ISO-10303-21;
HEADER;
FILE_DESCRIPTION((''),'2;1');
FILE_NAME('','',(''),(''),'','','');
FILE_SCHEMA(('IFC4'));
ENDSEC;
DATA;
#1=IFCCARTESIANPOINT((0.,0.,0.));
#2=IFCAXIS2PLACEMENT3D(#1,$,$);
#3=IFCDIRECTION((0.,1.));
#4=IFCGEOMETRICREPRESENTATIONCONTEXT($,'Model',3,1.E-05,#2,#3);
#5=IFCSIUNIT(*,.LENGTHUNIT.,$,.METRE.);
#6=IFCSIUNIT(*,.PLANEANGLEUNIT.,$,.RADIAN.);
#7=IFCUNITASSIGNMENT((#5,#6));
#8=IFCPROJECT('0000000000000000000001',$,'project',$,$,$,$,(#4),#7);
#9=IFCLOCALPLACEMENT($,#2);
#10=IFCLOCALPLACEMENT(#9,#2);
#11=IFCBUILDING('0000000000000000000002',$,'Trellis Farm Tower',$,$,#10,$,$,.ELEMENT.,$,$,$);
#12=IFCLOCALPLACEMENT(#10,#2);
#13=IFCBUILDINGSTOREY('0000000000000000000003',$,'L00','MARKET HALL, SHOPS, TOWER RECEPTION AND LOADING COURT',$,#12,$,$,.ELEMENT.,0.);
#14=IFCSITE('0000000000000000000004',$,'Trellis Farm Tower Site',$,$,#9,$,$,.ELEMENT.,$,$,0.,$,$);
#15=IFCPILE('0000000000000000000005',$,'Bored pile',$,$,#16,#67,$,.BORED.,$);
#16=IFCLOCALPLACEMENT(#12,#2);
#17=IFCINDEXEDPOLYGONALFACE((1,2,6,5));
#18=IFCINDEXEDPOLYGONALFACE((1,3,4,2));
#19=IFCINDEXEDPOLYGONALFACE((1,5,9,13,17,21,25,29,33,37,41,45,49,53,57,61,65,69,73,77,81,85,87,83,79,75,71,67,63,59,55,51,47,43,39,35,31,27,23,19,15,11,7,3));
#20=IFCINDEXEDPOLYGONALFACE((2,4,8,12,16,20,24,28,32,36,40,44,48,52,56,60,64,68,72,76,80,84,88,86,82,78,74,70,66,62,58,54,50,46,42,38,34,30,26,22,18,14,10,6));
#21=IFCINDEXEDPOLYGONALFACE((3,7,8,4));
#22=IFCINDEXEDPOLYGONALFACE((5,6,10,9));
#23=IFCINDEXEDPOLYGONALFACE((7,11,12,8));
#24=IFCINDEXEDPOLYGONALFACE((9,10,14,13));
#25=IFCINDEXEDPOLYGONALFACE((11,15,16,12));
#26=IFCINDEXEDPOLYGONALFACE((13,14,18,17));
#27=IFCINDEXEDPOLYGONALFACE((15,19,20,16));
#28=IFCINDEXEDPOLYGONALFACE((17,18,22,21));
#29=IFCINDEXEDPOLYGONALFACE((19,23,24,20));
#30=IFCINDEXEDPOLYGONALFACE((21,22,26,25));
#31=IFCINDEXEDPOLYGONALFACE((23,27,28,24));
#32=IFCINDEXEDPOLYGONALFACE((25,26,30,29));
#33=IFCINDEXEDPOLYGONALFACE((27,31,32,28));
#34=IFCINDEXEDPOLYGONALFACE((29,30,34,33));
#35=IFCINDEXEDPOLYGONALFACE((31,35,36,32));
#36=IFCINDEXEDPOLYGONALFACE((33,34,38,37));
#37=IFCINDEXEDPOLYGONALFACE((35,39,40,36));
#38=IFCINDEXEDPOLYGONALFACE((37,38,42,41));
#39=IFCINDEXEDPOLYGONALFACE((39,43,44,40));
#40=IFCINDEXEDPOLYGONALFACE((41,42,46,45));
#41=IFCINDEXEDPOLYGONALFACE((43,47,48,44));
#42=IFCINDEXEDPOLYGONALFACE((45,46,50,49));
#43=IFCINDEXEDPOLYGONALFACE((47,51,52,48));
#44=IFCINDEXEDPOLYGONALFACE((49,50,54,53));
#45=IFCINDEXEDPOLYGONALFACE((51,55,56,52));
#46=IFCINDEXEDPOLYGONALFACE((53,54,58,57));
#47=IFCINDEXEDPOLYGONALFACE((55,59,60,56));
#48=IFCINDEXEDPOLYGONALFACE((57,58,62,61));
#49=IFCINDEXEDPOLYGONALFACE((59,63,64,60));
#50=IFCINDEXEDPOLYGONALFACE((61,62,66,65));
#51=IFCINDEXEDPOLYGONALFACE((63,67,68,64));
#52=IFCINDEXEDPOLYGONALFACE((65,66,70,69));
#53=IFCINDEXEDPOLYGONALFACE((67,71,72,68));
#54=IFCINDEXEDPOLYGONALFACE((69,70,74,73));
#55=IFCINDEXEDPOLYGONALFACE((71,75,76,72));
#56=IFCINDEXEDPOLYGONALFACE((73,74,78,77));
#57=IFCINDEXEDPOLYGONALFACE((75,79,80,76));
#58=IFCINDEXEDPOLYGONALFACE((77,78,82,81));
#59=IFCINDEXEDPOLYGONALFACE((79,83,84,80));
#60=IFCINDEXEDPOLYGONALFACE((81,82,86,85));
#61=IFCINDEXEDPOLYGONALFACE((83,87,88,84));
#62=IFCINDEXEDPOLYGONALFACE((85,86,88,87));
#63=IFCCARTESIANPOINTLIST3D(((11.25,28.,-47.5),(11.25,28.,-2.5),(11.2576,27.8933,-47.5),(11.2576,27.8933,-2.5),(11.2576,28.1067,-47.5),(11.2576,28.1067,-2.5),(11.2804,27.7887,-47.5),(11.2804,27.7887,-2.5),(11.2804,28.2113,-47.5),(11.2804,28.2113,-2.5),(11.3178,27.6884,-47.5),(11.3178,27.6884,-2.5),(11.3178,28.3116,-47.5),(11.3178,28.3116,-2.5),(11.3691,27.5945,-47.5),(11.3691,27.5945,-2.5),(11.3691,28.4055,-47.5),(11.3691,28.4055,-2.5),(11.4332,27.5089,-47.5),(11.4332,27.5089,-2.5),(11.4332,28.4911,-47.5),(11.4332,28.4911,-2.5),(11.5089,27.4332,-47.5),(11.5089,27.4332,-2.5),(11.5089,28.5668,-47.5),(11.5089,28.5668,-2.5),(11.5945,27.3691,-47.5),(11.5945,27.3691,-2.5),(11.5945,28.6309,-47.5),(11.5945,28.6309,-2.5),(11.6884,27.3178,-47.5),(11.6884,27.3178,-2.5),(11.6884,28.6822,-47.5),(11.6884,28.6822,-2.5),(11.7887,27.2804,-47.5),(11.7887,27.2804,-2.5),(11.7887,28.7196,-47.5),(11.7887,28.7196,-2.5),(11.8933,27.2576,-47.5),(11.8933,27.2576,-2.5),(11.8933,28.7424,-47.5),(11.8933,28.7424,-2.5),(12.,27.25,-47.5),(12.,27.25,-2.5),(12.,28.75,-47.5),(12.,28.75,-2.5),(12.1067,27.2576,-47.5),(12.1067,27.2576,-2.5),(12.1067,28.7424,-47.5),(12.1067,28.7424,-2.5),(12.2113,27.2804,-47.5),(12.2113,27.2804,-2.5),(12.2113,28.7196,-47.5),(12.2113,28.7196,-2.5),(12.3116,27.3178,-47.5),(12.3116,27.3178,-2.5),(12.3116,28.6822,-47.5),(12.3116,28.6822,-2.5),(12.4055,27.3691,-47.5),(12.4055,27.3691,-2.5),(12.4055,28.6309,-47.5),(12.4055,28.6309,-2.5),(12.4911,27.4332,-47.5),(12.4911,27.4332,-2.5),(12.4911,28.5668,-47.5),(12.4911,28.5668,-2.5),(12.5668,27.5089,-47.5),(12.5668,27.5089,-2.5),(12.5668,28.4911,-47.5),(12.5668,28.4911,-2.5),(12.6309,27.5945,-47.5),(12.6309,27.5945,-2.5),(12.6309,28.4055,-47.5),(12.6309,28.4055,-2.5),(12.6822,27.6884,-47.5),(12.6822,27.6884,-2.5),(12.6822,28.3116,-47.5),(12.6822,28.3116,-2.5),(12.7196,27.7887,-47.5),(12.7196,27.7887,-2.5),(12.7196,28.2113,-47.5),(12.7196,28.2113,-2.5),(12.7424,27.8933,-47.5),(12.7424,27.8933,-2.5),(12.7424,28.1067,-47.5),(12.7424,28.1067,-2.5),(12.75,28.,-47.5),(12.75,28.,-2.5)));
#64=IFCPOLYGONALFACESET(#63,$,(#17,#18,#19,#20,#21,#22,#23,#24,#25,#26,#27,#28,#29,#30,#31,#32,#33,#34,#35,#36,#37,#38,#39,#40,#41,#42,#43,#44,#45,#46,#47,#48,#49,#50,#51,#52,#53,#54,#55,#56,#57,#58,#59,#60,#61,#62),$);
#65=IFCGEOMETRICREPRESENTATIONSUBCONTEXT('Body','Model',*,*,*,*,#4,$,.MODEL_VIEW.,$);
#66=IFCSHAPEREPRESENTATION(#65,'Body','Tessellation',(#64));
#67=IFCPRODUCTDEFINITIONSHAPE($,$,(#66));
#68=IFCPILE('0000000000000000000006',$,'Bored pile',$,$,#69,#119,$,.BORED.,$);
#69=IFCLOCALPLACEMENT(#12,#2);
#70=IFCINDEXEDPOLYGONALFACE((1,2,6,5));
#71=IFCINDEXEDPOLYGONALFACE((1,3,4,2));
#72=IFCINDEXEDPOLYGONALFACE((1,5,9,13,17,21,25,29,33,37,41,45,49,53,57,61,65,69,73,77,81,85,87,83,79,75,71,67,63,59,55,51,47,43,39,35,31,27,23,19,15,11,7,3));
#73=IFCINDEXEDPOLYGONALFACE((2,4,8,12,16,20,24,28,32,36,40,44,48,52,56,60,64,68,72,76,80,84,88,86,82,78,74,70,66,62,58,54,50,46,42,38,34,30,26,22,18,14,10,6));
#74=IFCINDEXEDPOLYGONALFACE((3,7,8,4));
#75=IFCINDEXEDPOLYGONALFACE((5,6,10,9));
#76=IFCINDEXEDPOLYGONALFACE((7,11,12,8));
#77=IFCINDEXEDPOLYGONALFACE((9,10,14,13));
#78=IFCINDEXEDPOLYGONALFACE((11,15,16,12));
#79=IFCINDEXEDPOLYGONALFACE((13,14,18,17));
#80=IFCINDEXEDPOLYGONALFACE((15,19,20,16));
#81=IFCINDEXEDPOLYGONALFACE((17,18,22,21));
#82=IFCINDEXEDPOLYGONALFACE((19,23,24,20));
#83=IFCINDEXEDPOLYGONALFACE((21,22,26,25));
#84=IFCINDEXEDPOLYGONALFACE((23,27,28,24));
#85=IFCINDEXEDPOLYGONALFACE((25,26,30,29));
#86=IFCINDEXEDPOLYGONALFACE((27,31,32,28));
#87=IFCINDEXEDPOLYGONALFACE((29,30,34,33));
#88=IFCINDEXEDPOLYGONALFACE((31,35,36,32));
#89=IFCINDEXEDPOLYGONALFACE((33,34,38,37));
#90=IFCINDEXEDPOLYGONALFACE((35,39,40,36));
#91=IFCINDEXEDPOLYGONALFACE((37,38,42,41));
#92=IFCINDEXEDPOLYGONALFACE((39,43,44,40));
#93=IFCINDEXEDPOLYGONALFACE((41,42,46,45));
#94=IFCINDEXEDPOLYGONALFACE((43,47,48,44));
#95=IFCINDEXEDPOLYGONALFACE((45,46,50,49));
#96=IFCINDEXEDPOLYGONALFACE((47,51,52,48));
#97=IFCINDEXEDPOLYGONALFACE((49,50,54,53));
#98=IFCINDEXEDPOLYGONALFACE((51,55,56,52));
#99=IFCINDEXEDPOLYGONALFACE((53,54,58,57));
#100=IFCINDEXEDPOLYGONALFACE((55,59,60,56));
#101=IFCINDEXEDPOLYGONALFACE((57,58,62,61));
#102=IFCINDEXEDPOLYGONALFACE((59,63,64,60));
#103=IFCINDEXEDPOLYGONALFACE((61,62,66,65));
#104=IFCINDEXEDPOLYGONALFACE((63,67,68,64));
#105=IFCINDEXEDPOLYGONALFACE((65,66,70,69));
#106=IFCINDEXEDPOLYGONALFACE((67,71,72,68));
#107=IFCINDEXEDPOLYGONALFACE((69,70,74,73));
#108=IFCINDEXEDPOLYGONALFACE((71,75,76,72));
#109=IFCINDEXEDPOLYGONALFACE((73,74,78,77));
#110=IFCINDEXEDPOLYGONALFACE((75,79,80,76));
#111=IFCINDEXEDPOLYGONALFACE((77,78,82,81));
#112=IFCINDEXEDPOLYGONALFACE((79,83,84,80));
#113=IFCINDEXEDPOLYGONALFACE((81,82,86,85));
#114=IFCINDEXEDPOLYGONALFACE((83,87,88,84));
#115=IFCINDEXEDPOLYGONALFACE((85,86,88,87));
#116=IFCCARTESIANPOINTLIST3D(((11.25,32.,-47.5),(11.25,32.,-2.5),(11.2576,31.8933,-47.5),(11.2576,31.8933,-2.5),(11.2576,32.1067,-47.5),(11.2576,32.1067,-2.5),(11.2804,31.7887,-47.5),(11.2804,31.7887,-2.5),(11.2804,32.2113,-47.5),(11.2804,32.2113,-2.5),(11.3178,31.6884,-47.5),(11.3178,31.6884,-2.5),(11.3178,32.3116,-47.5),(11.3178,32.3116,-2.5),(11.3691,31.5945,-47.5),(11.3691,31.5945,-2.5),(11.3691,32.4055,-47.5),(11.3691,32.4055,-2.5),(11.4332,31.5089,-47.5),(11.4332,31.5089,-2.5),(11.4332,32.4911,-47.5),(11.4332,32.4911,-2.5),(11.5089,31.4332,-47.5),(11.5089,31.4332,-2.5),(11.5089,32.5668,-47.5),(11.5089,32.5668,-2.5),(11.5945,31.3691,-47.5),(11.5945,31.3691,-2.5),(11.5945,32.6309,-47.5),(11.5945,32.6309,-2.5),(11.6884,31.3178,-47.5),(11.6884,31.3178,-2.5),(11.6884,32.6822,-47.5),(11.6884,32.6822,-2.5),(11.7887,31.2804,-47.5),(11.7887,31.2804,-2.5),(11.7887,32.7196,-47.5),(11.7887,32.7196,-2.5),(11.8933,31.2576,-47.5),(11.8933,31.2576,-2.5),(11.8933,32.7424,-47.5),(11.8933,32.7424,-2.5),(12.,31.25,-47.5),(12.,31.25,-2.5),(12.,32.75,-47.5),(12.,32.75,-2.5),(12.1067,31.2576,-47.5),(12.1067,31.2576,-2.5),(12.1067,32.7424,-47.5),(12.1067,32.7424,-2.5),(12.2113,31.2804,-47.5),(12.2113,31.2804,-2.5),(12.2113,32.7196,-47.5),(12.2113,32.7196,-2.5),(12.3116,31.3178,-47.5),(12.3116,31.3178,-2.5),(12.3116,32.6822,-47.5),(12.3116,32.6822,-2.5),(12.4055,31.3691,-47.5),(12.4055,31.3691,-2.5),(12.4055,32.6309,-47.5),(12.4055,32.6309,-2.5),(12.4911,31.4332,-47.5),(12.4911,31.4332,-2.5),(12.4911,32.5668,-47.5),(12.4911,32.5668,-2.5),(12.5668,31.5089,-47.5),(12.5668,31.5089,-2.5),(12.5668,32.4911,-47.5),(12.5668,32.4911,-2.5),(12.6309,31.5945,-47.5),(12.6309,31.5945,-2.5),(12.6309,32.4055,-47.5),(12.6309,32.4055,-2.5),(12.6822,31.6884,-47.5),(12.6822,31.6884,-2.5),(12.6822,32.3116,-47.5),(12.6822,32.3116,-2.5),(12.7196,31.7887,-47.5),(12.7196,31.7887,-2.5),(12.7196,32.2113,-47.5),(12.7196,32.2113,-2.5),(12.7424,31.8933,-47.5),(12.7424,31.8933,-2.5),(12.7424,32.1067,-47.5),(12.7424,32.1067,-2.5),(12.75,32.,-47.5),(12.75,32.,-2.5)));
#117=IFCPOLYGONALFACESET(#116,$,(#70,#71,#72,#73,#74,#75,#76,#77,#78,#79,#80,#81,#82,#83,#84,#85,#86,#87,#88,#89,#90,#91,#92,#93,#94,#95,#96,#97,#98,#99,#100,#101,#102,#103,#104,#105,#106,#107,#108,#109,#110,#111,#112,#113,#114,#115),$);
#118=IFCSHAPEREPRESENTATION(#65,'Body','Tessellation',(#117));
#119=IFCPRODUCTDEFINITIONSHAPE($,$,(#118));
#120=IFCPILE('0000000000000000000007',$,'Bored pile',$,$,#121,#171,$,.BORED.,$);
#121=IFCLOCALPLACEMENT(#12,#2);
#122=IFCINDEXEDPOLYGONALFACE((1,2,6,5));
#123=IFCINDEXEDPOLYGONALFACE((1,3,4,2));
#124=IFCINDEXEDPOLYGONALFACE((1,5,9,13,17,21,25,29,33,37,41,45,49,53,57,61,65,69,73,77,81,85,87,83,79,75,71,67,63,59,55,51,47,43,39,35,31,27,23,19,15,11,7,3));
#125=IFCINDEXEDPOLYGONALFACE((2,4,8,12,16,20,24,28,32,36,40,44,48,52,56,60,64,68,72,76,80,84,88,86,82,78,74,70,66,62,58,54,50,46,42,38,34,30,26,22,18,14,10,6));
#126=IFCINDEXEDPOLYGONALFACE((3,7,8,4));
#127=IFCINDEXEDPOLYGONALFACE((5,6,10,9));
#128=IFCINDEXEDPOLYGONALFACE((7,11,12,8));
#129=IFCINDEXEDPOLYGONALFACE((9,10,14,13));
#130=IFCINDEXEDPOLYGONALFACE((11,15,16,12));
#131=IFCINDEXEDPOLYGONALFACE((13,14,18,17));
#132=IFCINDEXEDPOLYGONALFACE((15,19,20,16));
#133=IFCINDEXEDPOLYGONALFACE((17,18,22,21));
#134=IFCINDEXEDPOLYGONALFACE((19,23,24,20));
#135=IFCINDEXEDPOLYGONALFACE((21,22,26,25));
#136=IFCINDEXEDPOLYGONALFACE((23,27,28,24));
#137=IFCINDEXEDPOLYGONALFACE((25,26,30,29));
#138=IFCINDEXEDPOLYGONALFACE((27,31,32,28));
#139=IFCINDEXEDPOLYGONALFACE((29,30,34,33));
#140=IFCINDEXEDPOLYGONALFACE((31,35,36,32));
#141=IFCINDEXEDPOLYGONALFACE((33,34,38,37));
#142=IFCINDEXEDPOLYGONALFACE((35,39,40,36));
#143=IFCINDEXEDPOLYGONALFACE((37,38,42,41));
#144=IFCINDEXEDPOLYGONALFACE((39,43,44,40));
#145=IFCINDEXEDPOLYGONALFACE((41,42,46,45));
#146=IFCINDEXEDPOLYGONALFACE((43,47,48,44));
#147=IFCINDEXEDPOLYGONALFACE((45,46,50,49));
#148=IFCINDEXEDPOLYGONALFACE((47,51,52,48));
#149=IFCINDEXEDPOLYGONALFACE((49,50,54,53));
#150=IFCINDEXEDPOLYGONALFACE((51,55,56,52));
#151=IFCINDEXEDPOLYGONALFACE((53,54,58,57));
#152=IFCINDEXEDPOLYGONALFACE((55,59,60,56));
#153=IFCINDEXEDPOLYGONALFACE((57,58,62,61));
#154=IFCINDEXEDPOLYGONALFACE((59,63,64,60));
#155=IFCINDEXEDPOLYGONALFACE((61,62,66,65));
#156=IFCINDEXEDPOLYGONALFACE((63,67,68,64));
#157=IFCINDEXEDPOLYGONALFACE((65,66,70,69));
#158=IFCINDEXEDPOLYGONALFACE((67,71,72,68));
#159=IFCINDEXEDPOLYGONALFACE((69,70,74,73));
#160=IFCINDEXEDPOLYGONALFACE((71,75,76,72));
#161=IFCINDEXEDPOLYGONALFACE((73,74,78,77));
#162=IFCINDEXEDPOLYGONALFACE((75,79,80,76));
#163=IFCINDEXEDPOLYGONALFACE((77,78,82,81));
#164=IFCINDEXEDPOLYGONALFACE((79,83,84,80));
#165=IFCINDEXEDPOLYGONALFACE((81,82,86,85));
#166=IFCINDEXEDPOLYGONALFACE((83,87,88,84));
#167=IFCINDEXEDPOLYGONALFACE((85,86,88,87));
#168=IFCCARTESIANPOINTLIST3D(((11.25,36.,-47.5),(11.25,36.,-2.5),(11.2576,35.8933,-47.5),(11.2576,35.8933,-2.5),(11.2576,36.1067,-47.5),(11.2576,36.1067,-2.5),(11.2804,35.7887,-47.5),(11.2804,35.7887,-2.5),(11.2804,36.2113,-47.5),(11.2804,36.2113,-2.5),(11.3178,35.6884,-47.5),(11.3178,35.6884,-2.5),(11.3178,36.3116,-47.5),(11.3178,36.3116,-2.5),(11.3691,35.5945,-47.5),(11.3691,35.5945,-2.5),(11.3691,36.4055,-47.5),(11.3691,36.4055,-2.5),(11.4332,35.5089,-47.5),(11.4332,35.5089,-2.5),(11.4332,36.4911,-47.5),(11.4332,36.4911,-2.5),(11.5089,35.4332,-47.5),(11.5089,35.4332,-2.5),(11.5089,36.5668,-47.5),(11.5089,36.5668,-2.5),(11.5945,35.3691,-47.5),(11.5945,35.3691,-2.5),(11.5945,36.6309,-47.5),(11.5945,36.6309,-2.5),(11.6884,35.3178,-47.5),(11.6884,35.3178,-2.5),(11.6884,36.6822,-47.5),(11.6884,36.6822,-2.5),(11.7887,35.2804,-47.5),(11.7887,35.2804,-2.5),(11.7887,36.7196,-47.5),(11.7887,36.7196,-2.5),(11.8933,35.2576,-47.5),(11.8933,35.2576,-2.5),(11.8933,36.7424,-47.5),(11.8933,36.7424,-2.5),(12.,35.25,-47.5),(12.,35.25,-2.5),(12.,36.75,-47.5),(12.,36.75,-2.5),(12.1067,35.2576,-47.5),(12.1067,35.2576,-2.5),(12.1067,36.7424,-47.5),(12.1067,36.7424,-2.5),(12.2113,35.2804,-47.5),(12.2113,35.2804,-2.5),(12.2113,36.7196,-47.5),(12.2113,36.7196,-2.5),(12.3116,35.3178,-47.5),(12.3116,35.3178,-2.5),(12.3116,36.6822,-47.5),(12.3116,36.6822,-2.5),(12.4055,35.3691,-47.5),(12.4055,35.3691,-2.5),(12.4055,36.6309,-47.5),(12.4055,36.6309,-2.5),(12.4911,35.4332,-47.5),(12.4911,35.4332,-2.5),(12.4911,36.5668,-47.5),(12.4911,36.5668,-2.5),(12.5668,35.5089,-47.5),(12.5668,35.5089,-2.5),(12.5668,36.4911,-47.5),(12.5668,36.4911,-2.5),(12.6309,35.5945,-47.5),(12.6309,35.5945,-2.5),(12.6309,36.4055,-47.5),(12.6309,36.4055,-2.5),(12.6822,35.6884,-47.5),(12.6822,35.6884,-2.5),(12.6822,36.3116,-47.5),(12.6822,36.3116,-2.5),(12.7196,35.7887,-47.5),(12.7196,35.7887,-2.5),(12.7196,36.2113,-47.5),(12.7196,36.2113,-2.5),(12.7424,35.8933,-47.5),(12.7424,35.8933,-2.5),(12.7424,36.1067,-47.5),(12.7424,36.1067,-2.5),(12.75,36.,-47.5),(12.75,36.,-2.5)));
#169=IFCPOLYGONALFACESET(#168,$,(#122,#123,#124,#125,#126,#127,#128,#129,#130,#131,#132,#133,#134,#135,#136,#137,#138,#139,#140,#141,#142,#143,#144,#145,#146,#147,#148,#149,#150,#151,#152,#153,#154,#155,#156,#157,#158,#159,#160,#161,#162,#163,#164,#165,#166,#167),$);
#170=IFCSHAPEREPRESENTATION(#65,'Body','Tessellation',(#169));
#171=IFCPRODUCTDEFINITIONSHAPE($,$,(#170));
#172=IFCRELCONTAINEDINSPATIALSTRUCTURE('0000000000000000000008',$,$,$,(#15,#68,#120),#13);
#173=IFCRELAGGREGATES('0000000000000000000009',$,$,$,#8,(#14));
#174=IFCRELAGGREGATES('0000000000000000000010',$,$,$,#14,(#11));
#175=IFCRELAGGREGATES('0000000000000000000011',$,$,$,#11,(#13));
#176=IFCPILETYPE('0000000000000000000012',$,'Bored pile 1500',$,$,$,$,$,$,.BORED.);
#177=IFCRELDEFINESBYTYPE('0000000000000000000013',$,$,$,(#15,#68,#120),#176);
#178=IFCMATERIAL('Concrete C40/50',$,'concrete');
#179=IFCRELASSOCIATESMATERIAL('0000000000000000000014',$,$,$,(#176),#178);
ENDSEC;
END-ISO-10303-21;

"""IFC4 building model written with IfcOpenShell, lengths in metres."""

from ifc_helpers import new_model, si_unit, direction, frame, origin, origin_2d, place, context, subcontext, project, spatial, circle, extrude, source, transform, mapped, material, material_profile, profile_set, type_object, element, save


model = new_model("IFC4")

# Units and contexts
model_context = context("Model", 3, precision=1e-05, world=origin(), true_north=direction((0.0, 1.0)))
body_context = subcontext(model_context, "Body", "Model", "MODEL_VIEW")
ifc_project = project(units=[si_unit("LENGTHUNIT", "METRE"), si_unit("PLANEANGLEUNIT", "RADIAN")], contexts=[model_context])

# Site, building, storey
site_placement = place(None, origin())
site = spatial("IfcSite", under=ifc_project, at=site_placement, Name="Trellis Farm Tower Site", CompositionType="ELEMENT", RefElevation=0.0)
building_placement = place(site_placement, origin())
building = spatial("IfcBuilding", under=site, at=building_placement, Name="Trellis Farm Tower", CompositionType="ELEMENT")
storey_placement = place(building_placement, origin())
storey = spatial("IfcBuildingStorey", under=building, at=storey_placement, Name="L00", Description="MARKET HALL, SHOPS, TOWER RECEPTION AND LOADING COURT", CompositionType="ELEMENT", Elevation=0.0)

# Piles
ifc_material_1 = material(Name="Concrete C40/50", Category="concrete")
ifc_material_profile_1 = material_profile(ifc_material_1, circle(Radius=0.75, at=origin_2d()), Name="Bored pile 1500")
ifc_profile_set_1 = profile_set([ifc_material_profile_1], Name="Concrete C40/50")
pile_type = type_object("IfcPileType", Name="Bored pile 1500", PredefinedType="BORED", material=ifc_profile_set_1)
shared_shape_1 = source(origin(), body_context, "Body", "SweptSolid", [
    extrude(circle(Radius=0.75, at=origin_2d()), origin(), (0.0, 0.0, 1.0), 45.0),
])
for number, where, z_axis, x_axis, name in (
    (1, (12.0, 28.0, -2.5), (0.0, 0.0, -1.0), (1.0, 0.0, 0.0), "Bored pile"),
    (2, (12.0, 32.0, -2.5), (0.0, 0.0, -1.0), (1.0, 0.0, 0.0), "Bored pile"),
    (3, (12.0, 36.0, -2.5), (0.0, 0.0, -1.0), (1.0, 0.0, 0.0), "Bored pile"),
):
    element("IfcPile", number, at=place(storey_placement, frame(where, z_axis=z_axis, x_axis=x_axis)), inside=storey, type_object=pile_type, Name=name, PredefinedType="BORED", context=body_context, shape_type="MappedRepresentation", body=[
        mapped(shared_shape_1, transform((0.0, 0.0, 0.0))),
    ])

save(model, "model.ifc")
